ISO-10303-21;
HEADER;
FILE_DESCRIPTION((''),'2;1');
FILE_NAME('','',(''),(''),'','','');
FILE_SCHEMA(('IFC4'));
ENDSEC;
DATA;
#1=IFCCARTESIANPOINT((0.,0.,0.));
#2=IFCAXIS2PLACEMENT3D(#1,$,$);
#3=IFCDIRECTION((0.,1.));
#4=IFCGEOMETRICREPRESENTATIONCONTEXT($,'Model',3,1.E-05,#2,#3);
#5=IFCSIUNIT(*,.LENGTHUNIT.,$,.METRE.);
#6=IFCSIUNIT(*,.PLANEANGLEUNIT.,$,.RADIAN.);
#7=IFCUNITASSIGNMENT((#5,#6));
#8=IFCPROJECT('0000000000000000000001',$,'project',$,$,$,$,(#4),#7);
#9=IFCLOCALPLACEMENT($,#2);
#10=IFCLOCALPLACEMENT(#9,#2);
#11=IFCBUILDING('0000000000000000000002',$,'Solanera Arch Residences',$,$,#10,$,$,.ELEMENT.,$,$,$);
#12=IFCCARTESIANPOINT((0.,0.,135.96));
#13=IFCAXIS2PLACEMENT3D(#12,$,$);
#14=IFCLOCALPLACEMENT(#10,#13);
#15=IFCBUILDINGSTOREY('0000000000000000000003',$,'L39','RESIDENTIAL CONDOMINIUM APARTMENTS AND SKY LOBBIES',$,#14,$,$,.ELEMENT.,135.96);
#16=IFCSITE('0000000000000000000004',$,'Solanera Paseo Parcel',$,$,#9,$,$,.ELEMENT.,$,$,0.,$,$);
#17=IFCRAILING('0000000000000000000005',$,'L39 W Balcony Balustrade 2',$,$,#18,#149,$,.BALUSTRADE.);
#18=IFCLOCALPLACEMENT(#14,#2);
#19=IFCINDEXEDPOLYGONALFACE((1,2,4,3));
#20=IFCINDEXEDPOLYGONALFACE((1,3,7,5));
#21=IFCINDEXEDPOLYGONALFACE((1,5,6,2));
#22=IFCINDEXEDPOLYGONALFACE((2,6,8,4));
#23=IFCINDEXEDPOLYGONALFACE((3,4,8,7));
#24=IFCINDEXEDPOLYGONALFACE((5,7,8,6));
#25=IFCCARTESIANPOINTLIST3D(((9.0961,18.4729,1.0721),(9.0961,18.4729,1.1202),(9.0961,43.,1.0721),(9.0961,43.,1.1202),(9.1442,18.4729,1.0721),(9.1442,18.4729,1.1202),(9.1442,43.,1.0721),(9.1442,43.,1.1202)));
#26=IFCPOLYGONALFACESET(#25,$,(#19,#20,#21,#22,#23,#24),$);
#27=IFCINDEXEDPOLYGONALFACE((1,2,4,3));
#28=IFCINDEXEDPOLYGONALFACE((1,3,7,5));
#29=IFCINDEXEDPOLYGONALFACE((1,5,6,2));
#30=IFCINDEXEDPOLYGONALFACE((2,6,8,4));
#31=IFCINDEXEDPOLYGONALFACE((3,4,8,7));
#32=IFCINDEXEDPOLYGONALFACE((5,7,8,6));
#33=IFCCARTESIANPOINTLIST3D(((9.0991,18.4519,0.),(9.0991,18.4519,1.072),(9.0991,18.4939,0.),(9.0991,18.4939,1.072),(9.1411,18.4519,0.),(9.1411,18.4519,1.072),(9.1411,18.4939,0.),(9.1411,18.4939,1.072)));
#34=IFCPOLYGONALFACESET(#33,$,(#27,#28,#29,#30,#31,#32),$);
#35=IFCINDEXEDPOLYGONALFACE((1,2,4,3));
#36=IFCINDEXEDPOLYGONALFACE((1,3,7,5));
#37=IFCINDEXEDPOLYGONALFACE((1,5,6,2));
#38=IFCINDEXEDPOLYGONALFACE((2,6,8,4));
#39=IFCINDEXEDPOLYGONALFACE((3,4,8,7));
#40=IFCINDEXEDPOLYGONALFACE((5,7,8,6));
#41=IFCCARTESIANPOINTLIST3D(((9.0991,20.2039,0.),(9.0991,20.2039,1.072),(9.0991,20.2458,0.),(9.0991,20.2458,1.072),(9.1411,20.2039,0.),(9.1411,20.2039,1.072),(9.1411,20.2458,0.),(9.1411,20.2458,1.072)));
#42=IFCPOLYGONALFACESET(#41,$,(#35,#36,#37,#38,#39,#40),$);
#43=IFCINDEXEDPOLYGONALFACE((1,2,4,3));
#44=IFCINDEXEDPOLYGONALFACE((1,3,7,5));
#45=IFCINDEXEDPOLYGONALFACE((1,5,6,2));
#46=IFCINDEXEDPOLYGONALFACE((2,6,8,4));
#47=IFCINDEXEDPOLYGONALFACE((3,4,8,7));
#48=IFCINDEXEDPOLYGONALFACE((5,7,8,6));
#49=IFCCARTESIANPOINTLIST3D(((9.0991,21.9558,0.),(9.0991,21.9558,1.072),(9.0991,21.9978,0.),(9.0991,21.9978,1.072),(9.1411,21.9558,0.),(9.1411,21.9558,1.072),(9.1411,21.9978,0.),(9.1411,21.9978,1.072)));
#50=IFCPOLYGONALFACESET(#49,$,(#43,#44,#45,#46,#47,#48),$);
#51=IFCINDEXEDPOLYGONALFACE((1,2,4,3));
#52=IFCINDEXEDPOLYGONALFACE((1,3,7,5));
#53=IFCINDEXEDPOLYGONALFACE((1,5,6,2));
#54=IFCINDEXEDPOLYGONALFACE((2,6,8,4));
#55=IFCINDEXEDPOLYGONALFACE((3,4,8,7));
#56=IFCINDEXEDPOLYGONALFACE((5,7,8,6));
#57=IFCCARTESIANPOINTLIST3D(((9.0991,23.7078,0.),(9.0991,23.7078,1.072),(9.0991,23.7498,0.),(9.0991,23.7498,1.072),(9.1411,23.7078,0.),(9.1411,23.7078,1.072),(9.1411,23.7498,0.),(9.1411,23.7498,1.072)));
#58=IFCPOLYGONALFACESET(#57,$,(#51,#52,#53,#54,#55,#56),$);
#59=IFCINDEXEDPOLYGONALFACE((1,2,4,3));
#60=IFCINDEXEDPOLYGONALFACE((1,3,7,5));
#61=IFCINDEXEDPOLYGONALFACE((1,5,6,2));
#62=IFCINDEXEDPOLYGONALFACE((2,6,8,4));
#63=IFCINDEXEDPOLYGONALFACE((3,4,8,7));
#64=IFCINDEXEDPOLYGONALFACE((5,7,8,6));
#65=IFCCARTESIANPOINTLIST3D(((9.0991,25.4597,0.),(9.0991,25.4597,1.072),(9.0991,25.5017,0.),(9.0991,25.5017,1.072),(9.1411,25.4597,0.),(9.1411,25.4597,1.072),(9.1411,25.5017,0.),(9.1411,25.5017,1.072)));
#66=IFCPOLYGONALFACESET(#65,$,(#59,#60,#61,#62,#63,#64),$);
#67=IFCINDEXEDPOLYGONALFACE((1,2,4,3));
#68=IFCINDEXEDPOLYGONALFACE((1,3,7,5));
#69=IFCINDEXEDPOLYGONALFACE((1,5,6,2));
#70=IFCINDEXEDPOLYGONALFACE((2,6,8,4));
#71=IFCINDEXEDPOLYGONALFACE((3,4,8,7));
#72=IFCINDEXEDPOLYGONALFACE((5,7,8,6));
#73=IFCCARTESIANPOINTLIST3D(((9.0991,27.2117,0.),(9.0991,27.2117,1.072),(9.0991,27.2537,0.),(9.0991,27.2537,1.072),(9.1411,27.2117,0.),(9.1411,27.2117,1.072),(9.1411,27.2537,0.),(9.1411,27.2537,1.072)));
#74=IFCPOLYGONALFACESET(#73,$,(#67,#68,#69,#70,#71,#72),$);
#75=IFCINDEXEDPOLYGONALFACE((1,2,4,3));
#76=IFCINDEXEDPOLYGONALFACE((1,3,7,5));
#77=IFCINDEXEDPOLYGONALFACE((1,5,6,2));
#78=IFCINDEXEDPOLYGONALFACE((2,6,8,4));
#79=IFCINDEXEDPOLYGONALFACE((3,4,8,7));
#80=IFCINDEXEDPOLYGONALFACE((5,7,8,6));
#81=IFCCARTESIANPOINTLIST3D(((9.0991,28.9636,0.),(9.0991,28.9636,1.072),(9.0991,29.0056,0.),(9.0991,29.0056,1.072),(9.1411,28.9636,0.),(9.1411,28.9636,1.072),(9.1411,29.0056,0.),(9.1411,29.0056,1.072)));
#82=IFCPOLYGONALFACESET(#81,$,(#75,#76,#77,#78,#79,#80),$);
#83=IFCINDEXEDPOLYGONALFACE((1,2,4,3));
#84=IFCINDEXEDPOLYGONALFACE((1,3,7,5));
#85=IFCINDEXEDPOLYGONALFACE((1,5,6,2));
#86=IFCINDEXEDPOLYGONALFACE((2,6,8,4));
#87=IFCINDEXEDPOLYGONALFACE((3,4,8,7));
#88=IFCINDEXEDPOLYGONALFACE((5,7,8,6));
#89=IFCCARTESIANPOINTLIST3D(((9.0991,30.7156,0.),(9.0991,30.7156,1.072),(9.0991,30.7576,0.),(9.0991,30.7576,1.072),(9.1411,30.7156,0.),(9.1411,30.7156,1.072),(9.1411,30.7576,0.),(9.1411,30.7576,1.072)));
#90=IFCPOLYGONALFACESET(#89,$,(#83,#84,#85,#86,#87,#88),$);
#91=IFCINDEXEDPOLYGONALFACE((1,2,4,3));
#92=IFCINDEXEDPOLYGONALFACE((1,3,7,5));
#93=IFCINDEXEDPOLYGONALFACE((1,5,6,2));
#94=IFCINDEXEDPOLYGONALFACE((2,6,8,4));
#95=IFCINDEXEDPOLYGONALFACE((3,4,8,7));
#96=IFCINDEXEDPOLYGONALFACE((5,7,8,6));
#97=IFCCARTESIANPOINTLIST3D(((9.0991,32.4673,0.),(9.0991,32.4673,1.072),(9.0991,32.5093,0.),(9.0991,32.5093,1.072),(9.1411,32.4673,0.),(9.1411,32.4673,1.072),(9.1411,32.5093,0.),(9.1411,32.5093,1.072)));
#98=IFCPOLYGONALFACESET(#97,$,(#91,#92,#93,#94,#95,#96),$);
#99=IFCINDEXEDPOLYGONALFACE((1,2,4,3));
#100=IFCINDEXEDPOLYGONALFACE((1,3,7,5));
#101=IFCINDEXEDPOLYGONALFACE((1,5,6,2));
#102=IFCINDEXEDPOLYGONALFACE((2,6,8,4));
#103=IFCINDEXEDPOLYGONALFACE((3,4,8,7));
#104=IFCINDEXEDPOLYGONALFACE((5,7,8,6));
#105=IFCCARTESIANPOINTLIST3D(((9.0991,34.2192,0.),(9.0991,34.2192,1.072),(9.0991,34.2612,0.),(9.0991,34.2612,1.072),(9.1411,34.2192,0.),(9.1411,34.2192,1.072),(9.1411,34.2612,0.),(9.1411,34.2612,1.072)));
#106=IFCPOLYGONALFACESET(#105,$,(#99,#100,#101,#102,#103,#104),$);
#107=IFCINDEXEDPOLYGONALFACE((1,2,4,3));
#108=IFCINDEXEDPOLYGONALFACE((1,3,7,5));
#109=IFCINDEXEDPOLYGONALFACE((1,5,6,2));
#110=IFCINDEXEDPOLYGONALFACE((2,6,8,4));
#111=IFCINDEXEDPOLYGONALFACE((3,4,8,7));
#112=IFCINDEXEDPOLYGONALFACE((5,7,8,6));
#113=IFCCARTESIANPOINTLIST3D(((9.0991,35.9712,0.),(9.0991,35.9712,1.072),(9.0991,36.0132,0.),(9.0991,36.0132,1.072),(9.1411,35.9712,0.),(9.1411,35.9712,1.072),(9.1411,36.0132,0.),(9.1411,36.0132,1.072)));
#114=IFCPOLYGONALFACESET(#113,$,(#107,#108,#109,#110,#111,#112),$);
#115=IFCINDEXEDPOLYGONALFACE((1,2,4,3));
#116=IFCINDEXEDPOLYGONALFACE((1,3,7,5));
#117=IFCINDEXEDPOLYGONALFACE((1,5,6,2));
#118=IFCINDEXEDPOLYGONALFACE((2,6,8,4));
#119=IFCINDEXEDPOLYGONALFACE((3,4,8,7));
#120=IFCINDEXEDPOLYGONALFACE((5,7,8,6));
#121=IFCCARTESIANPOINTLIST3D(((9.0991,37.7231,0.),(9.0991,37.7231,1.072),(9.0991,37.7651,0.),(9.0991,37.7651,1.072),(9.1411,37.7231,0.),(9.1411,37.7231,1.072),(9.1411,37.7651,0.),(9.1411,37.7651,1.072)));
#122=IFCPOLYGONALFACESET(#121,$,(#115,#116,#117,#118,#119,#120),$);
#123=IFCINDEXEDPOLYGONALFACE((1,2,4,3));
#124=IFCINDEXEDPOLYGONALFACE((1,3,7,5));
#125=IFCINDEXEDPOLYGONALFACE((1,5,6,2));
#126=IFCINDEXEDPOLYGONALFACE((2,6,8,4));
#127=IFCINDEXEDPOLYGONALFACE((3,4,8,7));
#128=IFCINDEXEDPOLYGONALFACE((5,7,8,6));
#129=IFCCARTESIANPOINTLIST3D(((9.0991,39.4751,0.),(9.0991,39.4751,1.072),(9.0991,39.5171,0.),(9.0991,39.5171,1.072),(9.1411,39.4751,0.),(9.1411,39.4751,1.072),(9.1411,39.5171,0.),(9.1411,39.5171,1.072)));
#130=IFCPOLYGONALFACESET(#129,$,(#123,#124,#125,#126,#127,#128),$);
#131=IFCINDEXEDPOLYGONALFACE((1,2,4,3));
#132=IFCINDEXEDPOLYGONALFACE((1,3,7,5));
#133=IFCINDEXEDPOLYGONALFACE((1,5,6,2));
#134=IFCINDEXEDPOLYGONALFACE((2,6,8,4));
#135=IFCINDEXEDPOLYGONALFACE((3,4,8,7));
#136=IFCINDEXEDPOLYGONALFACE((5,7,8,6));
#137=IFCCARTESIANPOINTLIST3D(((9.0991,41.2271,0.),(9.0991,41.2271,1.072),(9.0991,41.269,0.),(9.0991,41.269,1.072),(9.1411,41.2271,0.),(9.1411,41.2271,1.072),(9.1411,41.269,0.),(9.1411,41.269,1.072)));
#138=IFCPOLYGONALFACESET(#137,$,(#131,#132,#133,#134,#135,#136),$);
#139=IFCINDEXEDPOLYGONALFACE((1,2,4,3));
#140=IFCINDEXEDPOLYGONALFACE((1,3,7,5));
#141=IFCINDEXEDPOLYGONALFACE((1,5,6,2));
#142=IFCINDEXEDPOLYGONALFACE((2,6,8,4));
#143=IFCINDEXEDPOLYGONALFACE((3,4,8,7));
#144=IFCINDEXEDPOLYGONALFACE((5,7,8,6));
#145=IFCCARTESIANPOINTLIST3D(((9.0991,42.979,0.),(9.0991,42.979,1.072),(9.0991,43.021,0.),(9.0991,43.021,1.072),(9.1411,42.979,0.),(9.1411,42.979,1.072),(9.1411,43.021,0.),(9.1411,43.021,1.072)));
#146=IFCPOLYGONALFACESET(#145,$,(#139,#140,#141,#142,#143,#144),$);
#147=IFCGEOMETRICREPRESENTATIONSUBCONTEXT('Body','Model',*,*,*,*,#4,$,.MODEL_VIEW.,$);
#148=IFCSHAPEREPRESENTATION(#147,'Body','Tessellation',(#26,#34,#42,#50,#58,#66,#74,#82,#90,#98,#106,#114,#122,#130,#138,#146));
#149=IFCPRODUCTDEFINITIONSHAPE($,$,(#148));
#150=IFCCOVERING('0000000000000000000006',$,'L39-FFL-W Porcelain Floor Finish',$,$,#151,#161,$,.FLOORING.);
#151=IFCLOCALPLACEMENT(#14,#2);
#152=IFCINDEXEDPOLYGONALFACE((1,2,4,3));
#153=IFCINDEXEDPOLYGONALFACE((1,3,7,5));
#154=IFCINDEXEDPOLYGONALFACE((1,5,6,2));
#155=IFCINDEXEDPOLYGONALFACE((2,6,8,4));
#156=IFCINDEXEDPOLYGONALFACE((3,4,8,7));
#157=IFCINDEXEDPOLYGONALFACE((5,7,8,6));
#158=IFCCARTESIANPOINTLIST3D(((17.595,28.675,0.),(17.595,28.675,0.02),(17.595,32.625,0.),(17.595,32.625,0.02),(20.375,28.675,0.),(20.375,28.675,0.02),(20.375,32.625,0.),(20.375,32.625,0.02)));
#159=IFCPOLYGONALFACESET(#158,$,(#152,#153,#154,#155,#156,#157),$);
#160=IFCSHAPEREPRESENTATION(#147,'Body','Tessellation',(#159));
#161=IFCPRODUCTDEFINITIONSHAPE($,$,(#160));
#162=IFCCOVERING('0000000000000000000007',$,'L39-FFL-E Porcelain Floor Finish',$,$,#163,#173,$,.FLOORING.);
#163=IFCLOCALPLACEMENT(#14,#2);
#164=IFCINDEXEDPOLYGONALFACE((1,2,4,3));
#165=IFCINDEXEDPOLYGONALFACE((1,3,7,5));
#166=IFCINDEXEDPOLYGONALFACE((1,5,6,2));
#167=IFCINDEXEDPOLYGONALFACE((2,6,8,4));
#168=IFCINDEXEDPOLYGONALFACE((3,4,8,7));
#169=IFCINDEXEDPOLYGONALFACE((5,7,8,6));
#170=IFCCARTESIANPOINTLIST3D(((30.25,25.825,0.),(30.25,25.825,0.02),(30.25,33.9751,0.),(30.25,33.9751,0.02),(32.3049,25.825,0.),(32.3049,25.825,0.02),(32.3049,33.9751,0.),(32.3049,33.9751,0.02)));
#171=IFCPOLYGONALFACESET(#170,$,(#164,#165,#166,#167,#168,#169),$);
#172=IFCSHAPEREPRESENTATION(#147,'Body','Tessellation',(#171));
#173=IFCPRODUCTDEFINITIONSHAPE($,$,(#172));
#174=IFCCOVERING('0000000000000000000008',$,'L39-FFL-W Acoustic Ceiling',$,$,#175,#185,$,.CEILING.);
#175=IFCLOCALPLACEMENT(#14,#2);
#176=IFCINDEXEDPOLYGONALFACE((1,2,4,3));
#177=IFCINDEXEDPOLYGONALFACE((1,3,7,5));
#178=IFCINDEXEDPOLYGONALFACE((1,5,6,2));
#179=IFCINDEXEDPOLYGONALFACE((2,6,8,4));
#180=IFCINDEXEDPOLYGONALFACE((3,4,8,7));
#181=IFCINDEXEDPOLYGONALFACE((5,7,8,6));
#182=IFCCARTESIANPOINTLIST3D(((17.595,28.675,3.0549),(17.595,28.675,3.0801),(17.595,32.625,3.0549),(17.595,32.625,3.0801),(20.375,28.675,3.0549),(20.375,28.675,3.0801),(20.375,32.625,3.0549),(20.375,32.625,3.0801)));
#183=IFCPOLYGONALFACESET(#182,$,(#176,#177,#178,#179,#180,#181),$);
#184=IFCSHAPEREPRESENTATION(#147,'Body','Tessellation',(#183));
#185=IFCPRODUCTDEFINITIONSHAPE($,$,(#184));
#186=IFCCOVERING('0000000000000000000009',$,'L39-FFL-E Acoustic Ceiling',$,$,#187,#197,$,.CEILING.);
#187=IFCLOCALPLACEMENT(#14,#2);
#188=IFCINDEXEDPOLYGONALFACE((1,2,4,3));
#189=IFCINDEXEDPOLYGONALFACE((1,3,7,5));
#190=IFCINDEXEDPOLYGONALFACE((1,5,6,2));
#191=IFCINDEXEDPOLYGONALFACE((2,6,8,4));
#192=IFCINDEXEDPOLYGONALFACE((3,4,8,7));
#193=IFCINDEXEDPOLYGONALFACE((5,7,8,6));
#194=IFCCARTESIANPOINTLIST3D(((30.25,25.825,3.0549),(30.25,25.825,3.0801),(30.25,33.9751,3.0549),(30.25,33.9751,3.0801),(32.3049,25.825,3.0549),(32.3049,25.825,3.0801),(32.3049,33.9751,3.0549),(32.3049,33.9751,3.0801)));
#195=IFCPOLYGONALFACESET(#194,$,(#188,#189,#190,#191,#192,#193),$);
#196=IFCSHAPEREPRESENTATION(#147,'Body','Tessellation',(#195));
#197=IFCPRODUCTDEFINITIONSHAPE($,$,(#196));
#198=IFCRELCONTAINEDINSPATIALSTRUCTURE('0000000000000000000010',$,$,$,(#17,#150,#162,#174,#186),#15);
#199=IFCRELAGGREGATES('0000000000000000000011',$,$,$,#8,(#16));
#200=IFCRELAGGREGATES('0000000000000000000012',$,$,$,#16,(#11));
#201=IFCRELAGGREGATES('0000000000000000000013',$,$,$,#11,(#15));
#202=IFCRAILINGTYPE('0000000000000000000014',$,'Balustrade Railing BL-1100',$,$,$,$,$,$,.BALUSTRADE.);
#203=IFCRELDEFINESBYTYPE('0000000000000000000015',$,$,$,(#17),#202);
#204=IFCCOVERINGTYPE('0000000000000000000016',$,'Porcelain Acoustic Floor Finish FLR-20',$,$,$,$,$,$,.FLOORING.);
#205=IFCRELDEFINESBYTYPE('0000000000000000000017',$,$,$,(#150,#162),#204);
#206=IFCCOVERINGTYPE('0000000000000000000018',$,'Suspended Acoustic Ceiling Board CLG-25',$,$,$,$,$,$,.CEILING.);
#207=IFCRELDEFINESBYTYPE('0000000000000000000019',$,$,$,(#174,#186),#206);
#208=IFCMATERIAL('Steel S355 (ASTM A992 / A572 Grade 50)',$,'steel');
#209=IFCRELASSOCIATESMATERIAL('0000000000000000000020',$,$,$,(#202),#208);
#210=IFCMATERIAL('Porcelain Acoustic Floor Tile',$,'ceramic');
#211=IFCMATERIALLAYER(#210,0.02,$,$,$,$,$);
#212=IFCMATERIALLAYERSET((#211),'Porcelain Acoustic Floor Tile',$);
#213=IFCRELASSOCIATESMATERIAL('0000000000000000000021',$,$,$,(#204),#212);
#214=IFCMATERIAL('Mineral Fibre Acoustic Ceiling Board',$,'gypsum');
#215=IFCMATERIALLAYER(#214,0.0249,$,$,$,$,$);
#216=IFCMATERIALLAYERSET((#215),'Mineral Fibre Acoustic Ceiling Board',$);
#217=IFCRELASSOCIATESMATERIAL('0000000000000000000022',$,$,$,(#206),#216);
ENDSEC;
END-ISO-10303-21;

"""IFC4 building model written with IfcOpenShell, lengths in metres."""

from ifc_helpers import new_model, si_unit, direction, frame, origin, origin_2d, place, context, subcontext, project, spatial, polyline, rectangle, outline, extrude, material, layer, layer_set, type_object, element, save


model = new_model("IFC4")

# Units and contexts
model_context = context("Model", 3, precision=1e-05, world=origin(), true_north=direction((0.0, 1.0)))
body_context = subcontext(model_context, "Body", "Model", "MODEL_VIEW")
ifc_project = project(units=[si_unit("LENGTHUNIT", "METRE"), si_unit("PLANEANGLEUNIT", "RADIAN")], contexts=[model_context])

# Site, building, storey
site_placement = place(None, origin())
site = spatial("IfcSite", under=ifc_project, at=site_placement, Name="Solanera Paseo Parcel", CompositionType="ELEMENT", RefElevation=0.0)
building_placement = place(site_placement, origin())
building = spatial("IfcBuilding", under=site, at=building_placement, Name="Solanera Arch Residences", CompositionType="ELEMENT")
storey_placement = place(building_placement, frame((0.0, 0.0, 135.96)))
storey = spatial("IfcBuildingStorey", under=building, at=storey_placement, Name="L39", Description="RESIDENTIAL CONDOMINIUM APARTMENTS AND SKY LOBBIES", CompositionType="ELEMENT", Elevation=135.96)

# Railing
ifc_material_1 = material(Name="Steel S355 (ASTM A992 / A572 Grade 50)", Category="steel")
railing_type = type_object("IfcRailingType", Name="Balustrade Railing BL-1100", PredefinedType="BALUSTRADE", material=ifc_material_1)
railing_placement = place(storey_placement, frame((9.1201, 18.4729, 0.0)))
element("IfcRailing", 1, at=railing_placement, inside=storey, type_object=railing_type, Name="L39 W Balcony Balustrade 2", PredefinedType="BALUSTRADE", context=body_context, shape_type="SweptSolid", body=[
    extrude(rectangle(XDim=0.0481, YDim=0.0481, at=origin_2d()), frame((0.0, 0.0, 1.0962), z_axis=(0.0, 1.0, 0.0), x_axis=(-1.0, 0.0, 0.0)), (0.0, 0.0, 1.0), 24.5271),
    extrude(rectangle(XDim=0.042, YDim=0.042, at=origin_2d()), origin(), (0.0, 0.0, 1.0), 1.072),
    extrude(rectangle(XDim=0.042, YDim=0.042, at=origin_2d()), frame((0.0, 1.752, 0.0)), (0.0, 0.0, 1.0), 1.072),
    extrude(rectangle(XDim=0.042, YDim=0.042, at=origin_2d()), frame((0.0, 3.5039, 0.0)), (0.0, 0.0, 1.0), 1.072),
    extrude(rectangle(XDim=0.042, YDim=0.042, at=origin_2d()), frame((0.0, 5.2559, 0.0)), (0.0, 0.0, 1.0), 1.072),
    extrude(rectangle(XDim=0.042, YDim=0.042, at=origin_2d()), frame((0.0, 7.0078, 0.0)), (0.0, 0.0, 1.0), 1.072),
    extrude(rectangle(XDim=0.042, YDim=0.042, at=origin_2d()), frame((0.0, 8.7598, 0.0)), (0.0, 0.0, 1.0), 1.072),
    extrude(rectangle(XDim=0.042, YDim=0.042, at=origin_2d()), frame((0.0, 10.5117, 0.0)), (0.0, 0.0, 1.0), 1.072),
    extrude(rectangle(XDim=0.042, YDim=0.042, at=origin_2d()), frame((0.0, 12.2637, 0.0)), (0.0, 0.0, 1.0), 1.072),
    extrude(rectangle(XDim=0.042, YDim=0.042, at=origin_2d()), frame((0.0, 14.0154, 0.0)), (0.0, 0.0, 1.0), 1.072),
    extrude(rectangle(XDim=0.042, YDim=0.042, at=origin_2d()), frame((0.0, 15.7673, 0.0)), (0.0, 0.0, 1.0), 1.072),
    extrude(rectangle(XDim=0.042, YDim=0.042, at=origin_2d()), frame((0.0, 17.5193, 0.0)), (0.0, 0.0, 1.0), 1.072),
    extrude(rectangle(XDim=0.042, YDim=0.042, at=origin_2d()), frame((0.0, 19.2712, 0.0)), (0.0, 0.0, 1.0), 1.072),
    extrude(rectangle(XDim=0.042, YDim=0.042, at=origin_2d()), frame((0.0, 21.0232, 0.0)), (0.0, 0.0, 1.0), 1.072),
    extrude(rectangle(XDim=0.042, YDim=0.042, at=origin_2d()), frame((0.0, 22.7751, 0.0)), (0.0, 0.0, 1.0), 1.072),
    extrude(rectangle(XDim=0.042, YDim=0.042, at=origin_2d()), frame((0.0, 24.5271, 0.0)), (0.0, 0.0, 1.0), 1.072),
])

# Coverings
ifc_material_2 = material(Name="Porcelain Acoustic Floor Tile", Category="ceramic")
ifc_layer_1 = layer(ifc_material_2, 0.02)
ifc_layer_set_1 = layer_set([ifc_layer_1], Name="Porcelain Acoustic Floor Tile")
covering_type_1 = type_object("IfcCoveringType", Name="Porcelain Acoustic Floor Finish FLR-20", PredefinedType="FLOORING", material=ifc_layer_set_1)
covering_1_placement = place(storey_placement, origin())
element("IfcCovering", 2, at=covering_1_placement, inside=storey, type_object=covering_type_1, Name="L39-FFL-W Porcelain Floor Finish", PredefinedType="FLOORING", context=body_context, shape_type="SweptSolid", body=[
    extrude(outline(polyline([(20.375, 28.675), (17.595, 28.675), (17.595, 32.625), (20.375, 32.625), (20.375, 28.675)])), origin(), (0.0, 0.0, 1.0), 0.02),
])
covering_2_placement = place(storey_placement, origin())
element("IfcCovering", 3, at=covering_2_placement, inside=storey, type_object=covering_type_1, Name="L39-FFL-E Porcelain Floor Finish", PredefinedType="FLOORING", context=body_context, shape_type="SweptSolid", body=[
    extrude(outline(polyline([(32.3049, 25.825), (30.25, 25.825), (30.25, 33.9751), (32.3049, 33.9751), (32.3049, 25.825)])), origin(), (0.0, 0.0, 1.0), 0.02),
])
ifc_material_3 = material(Name="Mineral Fibre Acoustic Ceiling Board", Category="gypsum")
ifc_layer_2 = layer(ifc_material_3, 0.0249)
ifc_layer_set_2 = layer_set([ifc_layer_2], Name="Mineral Fibre Acoustic Ceiling Board")
covering_type_2 = type_object("IfcCoveringType", Name="Suspended Acoustic Ceiling Board CLG-25", PredefinedType="CEILING", material=ifc_layer_set_2)
covering_3_placement = place(storey_placement, frame((0.0, 0.0, 3.0549)))
element("IfcCovering", 4, at=covering_3_placement, inside=storey, type_object=covering_type_2, Name="L39-FFL-W Acoustic Ceiling", PredefinedType="CEILING", context=body_context, shape_type="SweptSolid", body=[
    extrude(outline(polyline([(20.375, 28.675), (17.595, 28.675), (17.595, 32.625), (20.375, 32.625), (20.375, 28.675)])), origin(), (0.0, 0.0, 1.0), 0.0251),
])
covering_4_placement = place(storey_placement, frame((0.0, 0.0, 3.0549)))
element("IfcCovering", 5, at=covering_4_placement, inside=storey, type_object=covering_type_2, Name="L39-FFL-E Acoustic Ceiling", PredefinedType="CEILING", context=body_context, shape_type="SweptSolid", body=[
    extrude(outline(polyline([(32.3049, 25.825), (30.25, 25.825), (30.25, 33.9751), (32.3049, 33.9751), (32.3049, 25.825)])), origin(), (0.0, 0.0, 1.0), 0.0251),
])

save(model, "model.ifc")
